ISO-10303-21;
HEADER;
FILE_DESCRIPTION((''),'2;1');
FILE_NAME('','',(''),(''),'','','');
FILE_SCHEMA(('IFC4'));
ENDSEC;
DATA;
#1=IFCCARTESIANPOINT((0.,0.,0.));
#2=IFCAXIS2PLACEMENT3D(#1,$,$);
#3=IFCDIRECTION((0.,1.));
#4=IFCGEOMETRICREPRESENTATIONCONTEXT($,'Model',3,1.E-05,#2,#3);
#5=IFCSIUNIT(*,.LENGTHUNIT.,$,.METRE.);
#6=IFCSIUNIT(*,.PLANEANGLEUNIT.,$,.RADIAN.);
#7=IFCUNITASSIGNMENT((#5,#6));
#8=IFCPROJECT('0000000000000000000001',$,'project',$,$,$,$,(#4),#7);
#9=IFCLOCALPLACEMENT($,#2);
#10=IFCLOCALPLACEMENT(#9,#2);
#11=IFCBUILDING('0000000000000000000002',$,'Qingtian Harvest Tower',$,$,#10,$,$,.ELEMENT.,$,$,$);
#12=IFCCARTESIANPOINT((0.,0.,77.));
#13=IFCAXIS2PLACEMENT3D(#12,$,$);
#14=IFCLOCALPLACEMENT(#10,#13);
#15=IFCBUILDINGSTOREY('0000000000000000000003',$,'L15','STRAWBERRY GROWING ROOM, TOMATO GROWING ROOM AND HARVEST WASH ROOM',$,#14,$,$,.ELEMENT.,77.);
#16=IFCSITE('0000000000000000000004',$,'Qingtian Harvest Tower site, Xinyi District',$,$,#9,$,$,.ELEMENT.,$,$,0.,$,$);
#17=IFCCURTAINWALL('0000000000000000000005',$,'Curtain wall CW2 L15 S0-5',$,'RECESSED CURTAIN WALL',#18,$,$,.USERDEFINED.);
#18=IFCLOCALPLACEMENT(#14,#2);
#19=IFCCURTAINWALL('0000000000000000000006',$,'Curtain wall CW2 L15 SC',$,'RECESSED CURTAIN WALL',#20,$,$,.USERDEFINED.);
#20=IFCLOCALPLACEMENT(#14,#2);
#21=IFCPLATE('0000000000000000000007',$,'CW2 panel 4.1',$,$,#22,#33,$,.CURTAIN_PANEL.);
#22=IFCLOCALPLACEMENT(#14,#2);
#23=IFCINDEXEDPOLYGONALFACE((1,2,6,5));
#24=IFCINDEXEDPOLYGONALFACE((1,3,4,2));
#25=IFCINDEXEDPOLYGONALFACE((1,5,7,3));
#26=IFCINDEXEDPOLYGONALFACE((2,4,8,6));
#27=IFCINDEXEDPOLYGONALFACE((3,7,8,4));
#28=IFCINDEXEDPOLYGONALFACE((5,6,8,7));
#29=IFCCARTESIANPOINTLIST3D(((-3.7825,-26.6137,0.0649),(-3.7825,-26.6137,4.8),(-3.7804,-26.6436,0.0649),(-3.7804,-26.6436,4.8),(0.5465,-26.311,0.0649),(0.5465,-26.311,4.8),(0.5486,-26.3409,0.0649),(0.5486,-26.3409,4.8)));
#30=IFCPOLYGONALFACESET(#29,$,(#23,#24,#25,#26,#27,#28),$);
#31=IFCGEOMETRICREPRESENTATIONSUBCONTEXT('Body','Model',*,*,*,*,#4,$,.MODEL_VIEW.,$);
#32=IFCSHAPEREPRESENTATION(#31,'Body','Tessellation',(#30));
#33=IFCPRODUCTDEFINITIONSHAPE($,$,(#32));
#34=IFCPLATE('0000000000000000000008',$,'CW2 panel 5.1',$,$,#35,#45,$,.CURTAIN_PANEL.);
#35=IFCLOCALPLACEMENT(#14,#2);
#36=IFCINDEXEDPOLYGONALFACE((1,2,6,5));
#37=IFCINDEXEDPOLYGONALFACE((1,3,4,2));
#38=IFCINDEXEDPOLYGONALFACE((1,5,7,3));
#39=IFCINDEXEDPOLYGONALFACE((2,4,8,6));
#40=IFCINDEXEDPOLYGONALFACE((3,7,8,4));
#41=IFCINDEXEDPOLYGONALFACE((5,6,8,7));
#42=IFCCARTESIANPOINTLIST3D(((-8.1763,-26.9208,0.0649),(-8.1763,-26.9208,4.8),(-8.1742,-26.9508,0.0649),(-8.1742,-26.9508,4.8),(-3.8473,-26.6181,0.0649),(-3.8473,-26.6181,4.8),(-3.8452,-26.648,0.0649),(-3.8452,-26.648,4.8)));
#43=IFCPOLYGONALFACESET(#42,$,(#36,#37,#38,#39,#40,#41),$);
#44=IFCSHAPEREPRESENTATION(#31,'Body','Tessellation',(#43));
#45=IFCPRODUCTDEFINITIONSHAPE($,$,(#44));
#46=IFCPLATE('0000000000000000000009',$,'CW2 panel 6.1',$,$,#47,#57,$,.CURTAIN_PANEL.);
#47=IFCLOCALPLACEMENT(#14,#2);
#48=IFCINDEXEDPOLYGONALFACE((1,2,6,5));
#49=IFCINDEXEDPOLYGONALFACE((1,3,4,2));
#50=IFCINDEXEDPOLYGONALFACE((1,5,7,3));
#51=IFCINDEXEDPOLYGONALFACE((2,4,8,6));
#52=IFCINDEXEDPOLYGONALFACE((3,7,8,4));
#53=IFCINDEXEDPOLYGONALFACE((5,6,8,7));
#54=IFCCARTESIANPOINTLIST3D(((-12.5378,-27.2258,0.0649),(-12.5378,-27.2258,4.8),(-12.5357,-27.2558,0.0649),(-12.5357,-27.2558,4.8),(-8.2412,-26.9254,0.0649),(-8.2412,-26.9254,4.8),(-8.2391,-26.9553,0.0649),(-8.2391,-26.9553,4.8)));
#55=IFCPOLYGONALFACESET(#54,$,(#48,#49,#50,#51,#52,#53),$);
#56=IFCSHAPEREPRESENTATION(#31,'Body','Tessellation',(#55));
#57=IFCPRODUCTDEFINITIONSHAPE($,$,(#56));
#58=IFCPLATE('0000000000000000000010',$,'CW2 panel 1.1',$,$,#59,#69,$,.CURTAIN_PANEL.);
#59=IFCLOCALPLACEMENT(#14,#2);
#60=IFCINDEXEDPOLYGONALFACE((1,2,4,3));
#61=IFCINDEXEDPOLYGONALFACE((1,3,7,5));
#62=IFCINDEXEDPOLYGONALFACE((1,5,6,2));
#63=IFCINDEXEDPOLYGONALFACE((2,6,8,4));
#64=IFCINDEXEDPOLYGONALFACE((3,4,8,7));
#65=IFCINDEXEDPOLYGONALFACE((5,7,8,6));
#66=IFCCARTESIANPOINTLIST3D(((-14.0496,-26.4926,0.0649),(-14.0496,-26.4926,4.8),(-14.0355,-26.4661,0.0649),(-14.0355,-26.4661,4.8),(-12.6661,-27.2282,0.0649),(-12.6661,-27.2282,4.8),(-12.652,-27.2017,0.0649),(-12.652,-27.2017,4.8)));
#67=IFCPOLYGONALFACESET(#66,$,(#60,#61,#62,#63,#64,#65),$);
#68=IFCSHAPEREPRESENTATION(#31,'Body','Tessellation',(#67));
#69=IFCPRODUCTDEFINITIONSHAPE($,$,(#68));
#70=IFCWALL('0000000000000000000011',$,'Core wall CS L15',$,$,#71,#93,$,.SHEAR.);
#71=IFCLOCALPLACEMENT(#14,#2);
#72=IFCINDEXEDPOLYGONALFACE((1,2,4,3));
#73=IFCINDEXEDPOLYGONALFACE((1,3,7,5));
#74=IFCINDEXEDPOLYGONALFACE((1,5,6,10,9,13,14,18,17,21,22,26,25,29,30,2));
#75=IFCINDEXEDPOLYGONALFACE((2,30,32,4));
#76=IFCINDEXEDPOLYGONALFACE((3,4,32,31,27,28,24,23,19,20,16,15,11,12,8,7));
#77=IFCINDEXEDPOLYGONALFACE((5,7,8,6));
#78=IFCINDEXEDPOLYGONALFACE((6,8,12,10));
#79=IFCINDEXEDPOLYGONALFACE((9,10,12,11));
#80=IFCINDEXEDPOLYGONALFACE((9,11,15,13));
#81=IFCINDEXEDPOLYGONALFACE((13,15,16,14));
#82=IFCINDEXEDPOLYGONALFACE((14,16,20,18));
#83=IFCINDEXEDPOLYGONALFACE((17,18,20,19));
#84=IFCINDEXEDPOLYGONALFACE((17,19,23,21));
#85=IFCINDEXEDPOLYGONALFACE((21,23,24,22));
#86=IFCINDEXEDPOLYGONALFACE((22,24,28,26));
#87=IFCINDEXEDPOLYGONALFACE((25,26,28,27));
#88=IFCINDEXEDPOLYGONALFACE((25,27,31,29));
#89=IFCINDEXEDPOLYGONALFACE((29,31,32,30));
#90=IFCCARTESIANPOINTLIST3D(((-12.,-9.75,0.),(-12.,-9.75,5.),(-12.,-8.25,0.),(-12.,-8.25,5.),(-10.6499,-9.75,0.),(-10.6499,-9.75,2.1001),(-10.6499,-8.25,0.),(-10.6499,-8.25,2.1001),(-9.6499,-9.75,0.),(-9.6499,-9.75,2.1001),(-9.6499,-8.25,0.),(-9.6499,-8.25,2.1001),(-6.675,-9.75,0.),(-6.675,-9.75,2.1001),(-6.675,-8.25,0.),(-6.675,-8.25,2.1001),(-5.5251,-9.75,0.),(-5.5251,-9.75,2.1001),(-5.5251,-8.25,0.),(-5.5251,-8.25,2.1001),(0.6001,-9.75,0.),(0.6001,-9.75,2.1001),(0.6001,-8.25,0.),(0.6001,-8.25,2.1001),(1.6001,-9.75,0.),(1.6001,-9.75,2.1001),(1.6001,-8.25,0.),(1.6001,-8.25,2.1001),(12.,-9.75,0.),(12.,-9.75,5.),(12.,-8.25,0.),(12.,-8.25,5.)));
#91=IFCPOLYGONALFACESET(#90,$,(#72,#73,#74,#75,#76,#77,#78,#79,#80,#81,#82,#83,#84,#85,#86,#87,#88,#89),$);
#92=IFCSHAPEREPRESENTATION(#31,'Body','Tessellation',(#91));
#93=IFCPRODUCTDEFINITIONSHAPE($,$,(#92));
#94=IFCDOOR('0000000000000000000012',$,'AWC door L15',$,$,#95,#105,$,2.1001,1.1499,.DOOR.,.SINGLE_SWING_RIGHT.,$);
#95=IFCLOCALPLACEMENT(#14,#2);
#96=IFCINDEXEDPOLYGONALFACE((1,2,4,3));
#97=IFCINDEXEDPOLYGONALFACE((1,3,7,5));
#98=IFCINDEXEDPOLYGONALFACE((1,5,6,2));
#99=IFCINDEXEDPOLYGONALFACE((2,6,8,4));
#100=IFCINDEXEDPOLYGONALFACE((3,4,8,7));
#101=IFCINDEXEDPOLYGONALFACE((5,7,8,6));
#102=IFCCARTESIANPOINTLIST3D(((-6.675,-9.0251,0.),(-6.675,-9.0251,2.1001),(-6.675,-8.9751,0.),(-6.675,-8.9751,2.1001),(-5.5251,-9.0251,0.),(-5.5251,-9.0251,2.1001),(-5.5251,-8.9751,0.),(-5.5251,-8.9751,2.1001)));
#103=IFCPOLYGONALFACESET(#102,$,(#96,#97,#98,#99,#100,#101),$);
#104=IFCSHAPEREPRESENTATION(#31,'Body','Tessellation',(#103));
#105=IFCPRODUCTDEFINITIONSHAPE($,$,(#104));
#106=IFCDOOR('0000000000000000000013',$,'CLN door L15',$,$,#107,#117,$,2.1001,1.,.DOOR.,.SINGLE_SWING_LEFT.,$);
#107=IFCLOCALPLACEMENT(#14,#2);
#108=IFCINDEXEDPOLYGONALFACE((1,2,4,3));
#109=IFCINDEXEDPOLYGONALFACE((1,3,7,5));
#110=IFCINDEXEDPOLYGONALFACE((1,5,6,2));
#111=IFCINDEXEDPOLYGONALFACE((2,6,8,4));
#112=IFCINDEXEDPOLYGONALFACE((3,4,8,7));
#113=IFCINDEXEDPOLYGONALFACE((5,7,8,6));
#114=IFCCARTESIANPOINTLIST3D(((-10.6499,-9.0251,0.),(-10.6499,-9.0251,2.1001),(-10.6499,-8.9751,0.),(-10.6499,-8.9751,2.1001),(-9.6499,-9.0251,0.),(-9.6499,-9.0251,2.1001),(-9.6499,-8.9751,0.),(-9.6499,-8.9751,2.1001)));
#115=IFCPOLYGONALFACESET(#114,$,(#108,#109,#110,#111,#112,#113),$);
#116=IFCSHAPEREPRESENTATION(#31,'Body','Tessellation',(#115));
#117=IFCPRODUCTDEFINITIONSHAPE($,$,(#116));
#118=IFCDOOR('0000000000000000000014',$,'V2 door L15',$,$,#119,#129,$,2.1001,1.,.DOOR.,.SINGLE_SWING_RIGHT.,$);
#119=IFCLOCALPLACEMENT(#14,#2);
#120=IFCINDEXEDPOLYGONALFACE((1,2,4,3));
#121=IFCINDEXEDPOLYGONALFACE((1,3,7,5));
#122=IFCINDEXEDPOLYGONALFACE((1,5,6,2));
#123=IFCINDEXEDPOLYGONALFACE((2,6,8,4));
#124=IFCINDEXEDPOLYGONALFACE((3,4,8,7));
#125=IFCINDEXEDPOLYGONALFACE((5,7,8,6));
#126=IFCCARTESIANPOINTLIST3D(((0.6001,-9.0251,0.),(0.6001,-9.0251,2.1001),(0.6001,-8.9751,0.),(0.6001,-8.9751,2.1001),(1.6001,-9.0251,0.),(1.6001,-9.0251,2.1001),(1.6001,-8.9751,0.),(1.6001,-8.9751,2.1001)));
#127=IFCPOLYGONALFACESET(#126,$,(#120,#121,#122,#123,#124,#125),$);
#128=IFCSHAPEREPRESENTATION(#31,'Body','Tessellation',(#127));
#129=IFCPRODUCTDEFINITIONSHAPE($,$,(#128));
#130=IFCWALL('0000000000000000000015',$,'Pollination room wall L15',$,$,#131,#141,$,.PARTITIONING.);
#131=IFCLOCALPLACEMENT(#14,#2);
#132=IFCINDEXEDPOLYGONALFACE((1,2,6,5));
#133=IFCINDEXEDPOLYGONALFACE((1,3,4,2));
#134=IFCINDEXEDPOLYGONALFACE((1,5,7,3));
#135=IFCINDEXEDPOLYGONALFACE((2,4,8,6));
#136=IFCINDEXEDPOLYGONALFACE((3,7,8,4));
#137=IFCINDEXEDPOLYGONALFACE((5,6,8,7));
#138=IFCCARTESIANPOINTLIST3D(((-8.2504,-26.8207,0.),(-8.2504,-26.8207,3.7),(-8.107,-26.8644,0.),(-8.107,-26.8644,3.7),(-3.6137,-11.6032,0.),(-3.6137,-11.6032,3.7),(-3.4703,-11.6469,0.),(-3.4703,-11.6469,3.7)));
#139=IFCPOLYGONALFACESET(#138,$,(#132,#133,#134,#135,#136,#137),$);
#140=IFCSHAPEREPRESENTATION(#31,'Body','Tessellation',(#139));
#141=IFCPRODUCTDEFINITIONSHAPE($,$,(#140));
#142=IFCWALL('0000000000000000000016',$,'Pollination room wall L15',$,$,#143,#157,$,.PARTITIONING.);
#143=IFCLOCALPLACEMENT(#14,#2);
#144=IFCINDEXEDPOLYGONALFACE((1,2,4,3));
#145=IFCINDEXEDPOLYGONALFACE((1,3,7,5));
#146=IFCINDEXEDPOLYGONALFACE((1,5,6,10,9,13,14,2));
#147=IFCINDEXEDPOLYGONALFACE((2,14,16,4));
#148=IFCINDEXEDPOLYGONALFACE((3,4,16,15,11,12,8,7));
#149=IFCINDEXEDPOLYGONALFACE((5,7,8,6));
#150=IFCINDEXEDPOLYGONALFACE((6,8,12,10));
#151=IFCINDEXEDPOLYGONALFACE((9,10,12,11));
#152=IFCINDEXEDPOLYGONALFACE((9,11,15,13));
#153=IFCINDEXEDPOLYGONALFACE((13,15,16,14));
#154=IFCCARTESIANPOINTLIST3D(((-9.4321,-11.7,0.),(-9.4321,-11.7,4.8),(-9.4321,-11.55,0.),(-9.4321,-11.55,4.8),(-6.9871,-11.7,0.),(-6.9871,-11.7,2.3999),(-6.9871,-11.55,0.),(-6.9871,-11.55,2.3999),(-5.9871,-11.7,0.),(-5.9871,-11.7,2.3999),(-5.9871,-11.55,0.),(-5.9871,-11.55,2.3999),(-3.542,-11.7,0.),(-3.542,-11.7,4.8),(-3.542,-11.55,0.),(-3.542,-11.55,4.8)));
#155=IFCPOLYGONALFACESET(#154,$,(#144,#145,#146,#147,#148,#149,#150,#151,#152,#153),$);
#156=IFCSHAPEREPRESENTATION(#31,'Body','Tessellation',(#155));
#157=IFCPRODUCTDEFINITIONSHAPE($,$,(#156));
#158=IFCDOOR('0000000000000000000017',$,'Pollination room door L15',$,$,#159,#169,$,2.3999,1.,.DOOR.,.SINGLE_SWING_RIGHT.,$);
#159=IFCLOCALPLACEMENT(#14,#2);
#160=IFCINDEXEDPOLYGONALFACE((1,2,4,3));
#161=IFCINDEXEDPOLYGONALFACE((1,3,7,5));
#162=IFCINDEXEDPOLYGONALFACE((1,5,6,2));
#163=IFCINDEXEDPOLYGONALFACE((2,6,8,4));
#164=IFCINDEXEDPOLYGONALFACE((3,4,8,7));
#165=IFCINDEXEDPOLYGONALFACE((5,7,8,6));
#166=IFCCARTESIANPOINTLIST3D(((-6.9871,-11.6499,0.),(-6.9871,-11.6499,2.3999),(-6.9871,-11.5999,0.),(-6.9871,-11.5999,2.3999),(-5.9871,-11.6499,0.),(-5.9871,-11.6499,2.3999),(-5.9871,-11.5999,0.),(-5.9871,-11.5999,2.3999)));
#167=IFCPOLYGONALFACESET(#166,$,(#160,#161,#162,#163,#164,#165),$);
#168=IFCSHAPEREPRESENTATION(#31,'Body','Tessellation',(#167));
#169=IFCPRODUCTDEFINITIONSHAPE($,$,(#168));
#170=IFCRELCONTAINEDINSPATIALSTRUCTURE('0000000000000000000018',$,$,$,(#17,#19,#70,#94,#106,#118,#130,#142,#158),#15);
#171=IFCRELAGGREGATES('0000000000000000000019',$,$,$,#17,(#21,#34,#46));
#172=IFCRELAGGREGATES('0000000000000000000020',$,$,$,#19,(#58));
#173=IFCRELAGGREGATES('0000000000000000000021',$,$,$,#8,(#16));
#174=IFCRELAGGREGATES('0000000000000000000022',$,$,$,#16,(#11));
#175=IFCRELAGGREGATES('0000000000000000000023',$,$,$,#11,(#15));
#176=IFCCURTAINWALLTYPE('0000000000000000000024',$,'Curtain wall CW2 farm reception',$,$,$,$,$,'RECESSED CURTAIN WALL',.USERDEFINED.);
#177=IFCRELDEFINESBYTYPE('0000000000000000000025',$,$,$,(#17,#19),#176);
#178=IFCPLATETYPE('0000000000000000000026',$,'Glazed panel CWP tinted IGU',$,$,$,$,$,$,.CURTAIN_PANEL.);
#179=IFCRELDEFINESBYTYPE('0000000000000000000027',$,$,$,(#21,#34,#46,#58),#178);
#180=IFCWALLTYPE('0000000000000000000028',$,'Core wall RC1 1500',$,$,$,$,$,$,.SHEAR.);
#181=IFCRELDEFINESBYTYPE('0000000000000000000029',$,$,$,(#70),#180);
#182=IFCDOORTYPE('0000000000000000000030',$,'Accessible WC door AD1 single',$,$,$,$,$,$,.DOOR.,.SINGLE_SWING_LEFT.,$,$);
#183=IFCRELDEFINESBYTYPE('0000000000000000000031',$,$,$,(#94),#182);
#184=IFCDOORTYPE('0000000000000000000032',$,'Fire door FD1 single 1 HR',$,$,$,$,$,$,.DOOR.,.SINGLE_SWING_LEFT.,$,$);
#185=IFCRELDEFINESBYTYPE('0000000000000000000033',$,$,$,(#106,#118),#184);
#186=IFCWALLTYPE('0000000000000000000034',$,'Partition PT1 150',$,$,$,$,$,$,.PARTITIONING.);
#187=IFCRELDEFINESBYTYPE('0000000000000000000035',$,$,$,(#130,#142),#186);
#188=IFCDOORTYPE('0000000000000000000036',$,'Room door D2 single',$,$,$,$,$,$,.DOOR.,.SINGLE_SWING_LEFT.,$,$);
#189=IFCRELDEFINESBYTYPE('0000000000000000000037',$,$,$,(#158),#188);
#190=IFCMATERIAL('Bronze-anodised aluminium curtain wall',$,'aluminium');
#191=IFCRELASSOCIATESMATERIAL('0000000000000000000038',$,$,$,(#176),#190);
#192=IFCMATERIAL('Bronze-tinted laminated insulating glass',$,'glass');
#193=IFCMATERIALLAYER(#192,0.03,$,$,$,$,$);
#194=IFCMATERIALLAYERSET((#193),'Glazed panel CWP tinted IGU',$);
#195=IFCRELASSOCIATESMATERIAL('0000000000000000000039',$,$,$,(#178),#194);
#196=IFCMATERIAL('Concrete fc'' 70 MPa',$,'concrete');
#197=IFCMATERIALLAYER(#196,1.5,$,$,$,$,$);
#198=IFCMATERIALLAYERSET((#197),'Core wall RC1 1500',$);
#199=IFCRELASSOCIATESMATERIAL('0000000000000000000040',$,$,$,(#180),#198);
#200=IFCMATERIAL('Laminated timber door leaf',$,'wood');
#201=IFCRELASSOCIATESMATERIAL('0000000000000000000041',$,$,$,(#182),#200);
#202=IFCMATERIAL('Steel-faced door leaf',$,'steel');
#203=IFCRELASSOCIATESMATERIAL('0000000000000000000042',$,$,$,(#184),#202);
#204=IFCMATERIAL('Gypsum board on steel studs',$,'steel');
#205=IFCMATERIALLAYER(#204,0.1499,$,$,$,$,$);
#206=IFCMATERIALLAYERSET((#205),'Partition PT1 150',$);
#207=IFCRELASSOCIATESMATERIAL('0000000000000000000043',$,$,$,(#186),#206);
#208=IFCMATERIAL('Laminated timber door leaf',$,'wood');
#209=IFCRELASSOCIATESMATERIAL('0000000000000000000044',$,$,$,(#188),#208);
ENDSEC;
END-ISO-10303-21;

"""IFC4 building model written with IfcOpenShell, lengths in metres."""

from ifc_helpers import new_model, si_unit, direction, frame, frame_2d, origin, origin_2d, place, context, subcontext, project, spatial, rectangle, extrude, material, layer, layer_set, type_object, element, fill, aggregate, save


model = new_model("IFC4")

# Units and contexts
model_context = context("Model", 3, precision=1e-05, world=origin(), true_north=direction((0.0, 1.0)))
body_context = subcontext(model_context, "Body", "Model", "MODEL_VIEW")
ifc_project = project(units=[si_unit("LENGTHUNIT", "METRE"), si_unit("PLANEANGLEUNIT", "RADIAN")], contexts=[model_context])

# Site, building, storey
site_placement = place(None, origin())
site = spatial("IfcSite", under=ifc_project, at=site_placement, Name="Qingtian Harvest Tower site, Xinyi District", CompositionType="ELEMENT", RefElevation=0.0)
building_placement = place(site_placement, origin())
building = spatial("IfcBuilding", under=site, at=building_placement, Name="Qingtian Harvest Tower", CompositionType="ELEMENT")
storey_placement = place(building_placement, frame((0.0, 0.0, 77.0)))
storey = spatial("IfcBuildingStorey", under=building, at=storey_placement, Name="L15", Description="STRAWBERRY GROWING ROOM, TOMATO GROWING ROOM AND HARVEST WASH ROOM", CompositionType="ELEMENT", Elevation=77.0)

# Curtain walls
ifc_material_1 = material(Name="Bronze-anodised aluminium curtain wall", Category="aluminium")
curtain_wall_type = type_object("IfcCurtainWallType", Name="Curtain wall CW2 farm reception", ElementType="RECESSED CURTAIN WALL", PredefinedType="USERDEFINED", material=ifc_material_1)
curtain_wall_1_placement = place(storey_placement, origin())
curtain_wall_1 = element("IfcCurtainWall", 1, at=curtain_wall_1_placement, inside=storey, type_object=curtain_wall_type, Name="Curtain wall CW2 L15 S0-5", ObjectType="RECESSED CURTAIN WALL", PredefinedType="USERDEFINED")
curtain_wall_2_placement = place(storey_placement, origin())
curtain_wall_2 = element("IfcCurtainWall", 2, at=curtain_wall_2_placement, inside=storey, type_object=curtain_wall_type, Name="Curtain wall CW2 L15 SC", ObjectType="RECESSED CURTAIN WALL", PredefinedType="USERDEFINED")

# Plates
ifc_material_2 = material(Name="Bronze-tinted laminated insulating glass", Category="glass")
ifc_layer_1 = layer(ifc_material_2, 0.03)
ifc_layer_set_1 = layer_set([ifc_layer_1], Name="Glazed panel CWP tinted IGU")
plate_type = type_object("IfcPlateType", Name="Glazed panel CWP tinted IGU", PredefinedType="CURTAIN_PANEL", material=ifc_layer_set_1)
plate_1_placement = place(storey_placement, frame((-1.6169, -26.4773, 0.0649), z_axis=(0.0, 0.0, 1.0), x_axis=(-0.997564, -0.069756, 0.0)))
plate_1 = element("IfcPlate", 3, at=plate_1_placement, type_object=plate_type, Name="CW2 panel 4.1", PredefinedType="CURTAIN_PANEL", context=body_context, shape_type="SweptSolid", body=[
    extrude(rectangle(XDim=4.3396, YDim=0.03, at=origin_2d()), origin(), (0.0, 0.0, 1.0), 4.7351),
])
plate_2_placement = place(storey_placement, frame((-6.0107, -26.7844, 0.0649), z_axis=(0.0, 0.0, 1.0), x_axis=(-0.997564, -0.069756, 0.0)))
plate_2 = element("IfcPlate", 4, at=plate_2_placement, type_object=plate_type, Name="CW2 panel 5.1", PredefinedType="CURTAIN_PANEL", context=body_context, shape_type="SweptSolid", body=[
    extrude(rectangle(XDim=4.3396, YDim=0.03, at=origin_2d()), origin(), (0.0, 0.0, 1.0), 4.7351),
])
plate_3_placement = place(storey_placement, frame((-10.3884, -27.0906, 0.0649), z_axis=(0.0, 0.0, 1.0), x_axis=(-0.997564, -0.069756, 0.0)))
plate_3 = element("IfcPlate", 5, at=plate_3_placement, type_object=plate_type, Name="CW2 panel 6.1", PredefinedType="CURTAIN_PANEL", context=body_context, shape_type="SweptSolid", body=[
    extrude(rectangle(XDim=4.3071, YDim=0.03, at=origin_2d()), origin(), (0.0, 0.0, 1.0), 4.7351),
])
aggregate(curtain_wall_1, [plate_1, plate_2, plate_3])
plate_4_placement = place(storey_placement, frame((-13.3508, -26.8472, 0.0649), z_axis=(0.0, 0.0, 1.0), x_axis=(-0.882948, 0.469472, 0.0)))
plate_4 = element("IfcPlate", 6, at=plate_4_placement, type_object=plate_type, Name="CW2 panel 1.1", PredefinedType="CURTAIN_PANEL", context=body_context, shape_type="SweptSolid", body=[
    extrude(rectangle(XDim=1.5669, YDim=0.03, at=origin_2d()), origin(), (0.0, 0.0, 1.0), 4.7351),
])
aggregate(curtain_wall_2, [plate_4])

# Wall, openings, doors
ifc_material_3 = material(Name="Concrete fc' 70 MPa", Category="concrete")
ifc_layer_2 = layer(ifc_material_3, 1.5)
ifc_layer_set_2 = layer_set([ifc_layer_2], Name="Core wall RC1 1500")
wall_type_1 = type_object("IfcWallType", Name="Core wall RC1 1500", PredefinedType="SHEAR", material=ifc_layer_set_2)
wall_1_placement = place(storey_placement, frame((-12.0, -9.0, 0.0), z_axis=(0.0, 0.0, 1.0), x_axis=(1.0, 0.0, 0.0)))
wall_1 = element("IfcWall", 7, at=wall_1_placement, inside=storey, type_object=wall_type_1, Name="Core wall CS L15", PredefinedType="SHEAR", context=body_context, shape_type="SweptSolid", body=[
    extrude(rectangle(XDim=24.0, YDim=1.5, at=frame_2d((12.0, 0.0))), origin(), (0.0, 0.0, 1.0), 5.0),
])
opening_1_placement = place(wall_1_placement, frame((1.3501, 0.0, 0.0)))
opening_1 = element("IfcOpeningElement", 8, at=opening_1_placement, cuts=wall_1, PredefinedType="OPENING", context=body_context, shape_type="SweptSolid", body=[
    extrude(rectangle(XDim=1.0, YDim=2.1001, at=frame_2d((0.5, 1.05))), frame((0.0, 0.76, 0.0), z_axis=(0.0, -1.0, 0.0), x_axis=(1.0, 0.0, 0.0)), (0.0, 0.0, 1.0), 1.52),
])
opening_2_placement = place(wall_1_placement, frame((5.325, 0.0, 0.0)))
opening_2 = element("IfcOpeningElement", 9, at=opening_2_placement, cuts=wall_1, PredefinedType="OPENING", context=body_context, shape_type="SweptSolid", body=[
    extrude(rectangle(XDim=1.1499, YDim=2.1001, at=frame_2d((0.575, 1.05))), frame((0.0, 0.76, 0.0), z_axis=(0.0, -1.0, 0.0), x_axis=(1.0, 0.0, 0.0)), (0.0, 0.0, 1.0), 1.52),
])
opening_3_placement = place(wall_1_placement, frame((12.6001, 0.0, 0.0)))
opening_3 = element("IfcOpeningElement", 10, at=opening_3_placement, cuts=wall_1, PredefinedType="OPENING", context=body_context, shape_type="SweptSolid", body=[
    extrude(rectangle(XDim=1.0, YDim=2.1001, at=frame_2d((0.5, 1.05))), frame((0.0, 0.76, 0.0), z_axis=(0.0, -1.0, 0.0), x_axis=(1.0, 0.0, 0.0)), (0.0, 0.0, 1.0), 1.52),
])
ifc_material_4 = material(Name="Laminated timber door leaf", Category="wood")
door_type_1 = type_object("IfcDoorType", Name="Accessible WC door AD1 single", OperationType="SINGLE_SWING_LEFT", PredefinedType="DOOR", material=ifc_material_4)
door_1_placement = place(opening_2_placement, origin())
door_1 = element("IfcDoor", 11, at=door_1_placement, inside=storey, type_object=door_type_1, Name="AWC door L15", OperationType="SINGLE_SWING_RIGHT", OverallHeight=2.1001, OverallWidth=1.1499, PredefinedType="DOOR", context=body_context, shape_type="SweptSolid", body=[
    extrude(rectangle(XDim=1.1499, YDim=2.1001, at=frame_2d((0.575, 1.05))), frame((0.0, 0.0249, 0.0), z_axis=(0.0, -1.0, 0.0), x_axis=(1.0, 0.0, 0.0)), (0.0, 0.0, 1.0), 0.05),
])
fill(opening_2, door_1)
ifc_material_5 = material(Name="Steel-faced door leaf", Category="steel")
door_type_2 = type_object("IfcDoorType", Name="Fire door FD1 single 1 HR", OperationType="SINGLE_SWING_LEFT", PredefinedType="DOOR", material=ifc_material_5)
door_2_placement = place(opening_1_placement, origin())
door_2 = element("IfcDoor", 12, at=door_2_placement, inside=storey, type_object=door_type_2, Name="CLN door L15", OperationType="SINGLE_SWING_LEFT", OverallHeight=2.1001, OverallWidth=1.0, PredefinedType="DOOR", context=body_context, shape_type="SweptSolid", body=[
    extrude(rectangle(XDim=1.0, YDim=2.1001, at=frame_2d((0.5, 1.05))), frame((0.0, 0.0249, 0.0), z_axis=(0.0, -1.0, 0.0), x_axis=(1.0, 0.0, 0.0)), (0.0, 0.0, 1.0), 0.05),
])
fill(opening_1, door_2)
door_3_placement = place(opening_3_placement, origin())
door_3 = element("IfcDoor", 13, at=door_3_placement, inside=storey, type_object=door_type_2, Name="V2 door L15", OperationType="SINGLE_SWING_RIGHT", OverallHeight=2.1001, OverallWidth=1.0, PredefinedType="DOOR", context=body_context, shape_type="SweptSolid", body=[
    extrude(rectangle(XDim=1.0, YDim=2.1001, at=frame_2d((0.5, 1.05))), frame((0.0, 0.0249, 0.0), z_axis=(0.0, -1.0, 0.0), x_axis=(1.0, 0.0, 0.0)), (0.0, 0.0, 1.0), 0.05),
])
fill(opening_3, door_3)

# Wall
ifc_material_6 = material(Name="Gypsum board on steel studs", Category="steel")
ifc_layer_3 = layer(ifc_material_6, 0.1499)
ifc_layer_set_3 = layer_set([ifc_layer_3], Name="Partition PT1 150")
wall_type_2 = type_object("IfcWallType", Name="Partition PT1 150", PredefinedType="PARTITIONING", material=ifc_layer_set_3)
wall_2_placement = place(storey_placement, frame((-8.1787, -26.8425, 0.0), z_axis=(0.0, 0.0, 1.0), x_axis=(0.291466, 0.956581, 0.0)))
element("IfcWall", 14, at=wall_2_placement, inside=storey, type_object=wall_type_2, Name="Pollination room wall L15", PredefinedType="PARTITIONING", context=body_context, shape_type="SweptSolid", body=[
    extrude(rectangle(XDim=15.9082, YDim=0.1499, at=frame_2d((7.9541, 0.0))), origin(), (0.0, 0.0, 1.0), 3.7),
])

# Wall, opening, door
wall_3_placement = place(storey_placement, frame((-3.542, -11.625, 0.0), z_axis=(0.0, 0.0, 1.0), x_axis=(-1.0, 0.0, 0.0)))
wall_3 = element("IfcWall", 15, at=wall_3_placement, inside=storey, type_object=wall_type_2, Name="Pollination room wall L15", PredefinedType="PARTITIONING", context=body_context, shape_type="SweptSolid", body=[
    extrude(rectangle(XDim=5.8901, YDim=0.1499, at=frame_2d((2.9451, 0.0))), origin(), (0.0, 0.0, 1.0), 4.8),
])
opening_4_placement = place(wall_3_placement, frame((2.4451, 0.0, 0.0)))
opening_4 = element("IfcOpeningElement", 16, at=opening_4_placement, cuts=wall_3, PredefinedType="OPENING", context=body_context, shape_type="SweptSolid", body=[
    extrude(rectangle(XDim=1.0, YDim=2.3999, at=frame_2d((0.5, 1.2))), frame((0.0, 0.085, 0.0), z_axis=(0.0, -1.0, 0.0), x_axis=(1.0, 0.0, 0.0)), (0.0, 0.0, 1.0), 0.1699),
])
ifc_material_7 = material(Name="Laminated timber door leaf", Category="wood")
door_type_3 = type_object("IfcDoorType", Name="Room door D2 single", OperationType="SINGLE_SWING_LEFT", PredefinedType="DOOR", material=ifc_material_7)
door_4_placement = place(opening_4_placement, origin())
door_4 = element("IfcDoor", 17, at=door_4_placement, inside=storey, type_object=door_type_3, Name="Pollination room door L15", OperationType="SINGLE_SWING_RIGHT", OverallHeight=2.3999, OverallWidth=1.0, PredefinedType="DOOR", context=body_context, shape_type="SweptSolid", body=[
    extrude(rectangle(XDim=1.0, YDim=2.3999, at=frame_2d((0.5, 1.2))), frame((0.0, 0.0249, 0.0), z_axis=(0.0, -1.0, 0.0), x_axis=(1.0, 0.0, 0.0)), (0.0, 0.0, 1.0), 0.05),
])
fill(opening_4, door_4)

save(model, "model.ifc")
